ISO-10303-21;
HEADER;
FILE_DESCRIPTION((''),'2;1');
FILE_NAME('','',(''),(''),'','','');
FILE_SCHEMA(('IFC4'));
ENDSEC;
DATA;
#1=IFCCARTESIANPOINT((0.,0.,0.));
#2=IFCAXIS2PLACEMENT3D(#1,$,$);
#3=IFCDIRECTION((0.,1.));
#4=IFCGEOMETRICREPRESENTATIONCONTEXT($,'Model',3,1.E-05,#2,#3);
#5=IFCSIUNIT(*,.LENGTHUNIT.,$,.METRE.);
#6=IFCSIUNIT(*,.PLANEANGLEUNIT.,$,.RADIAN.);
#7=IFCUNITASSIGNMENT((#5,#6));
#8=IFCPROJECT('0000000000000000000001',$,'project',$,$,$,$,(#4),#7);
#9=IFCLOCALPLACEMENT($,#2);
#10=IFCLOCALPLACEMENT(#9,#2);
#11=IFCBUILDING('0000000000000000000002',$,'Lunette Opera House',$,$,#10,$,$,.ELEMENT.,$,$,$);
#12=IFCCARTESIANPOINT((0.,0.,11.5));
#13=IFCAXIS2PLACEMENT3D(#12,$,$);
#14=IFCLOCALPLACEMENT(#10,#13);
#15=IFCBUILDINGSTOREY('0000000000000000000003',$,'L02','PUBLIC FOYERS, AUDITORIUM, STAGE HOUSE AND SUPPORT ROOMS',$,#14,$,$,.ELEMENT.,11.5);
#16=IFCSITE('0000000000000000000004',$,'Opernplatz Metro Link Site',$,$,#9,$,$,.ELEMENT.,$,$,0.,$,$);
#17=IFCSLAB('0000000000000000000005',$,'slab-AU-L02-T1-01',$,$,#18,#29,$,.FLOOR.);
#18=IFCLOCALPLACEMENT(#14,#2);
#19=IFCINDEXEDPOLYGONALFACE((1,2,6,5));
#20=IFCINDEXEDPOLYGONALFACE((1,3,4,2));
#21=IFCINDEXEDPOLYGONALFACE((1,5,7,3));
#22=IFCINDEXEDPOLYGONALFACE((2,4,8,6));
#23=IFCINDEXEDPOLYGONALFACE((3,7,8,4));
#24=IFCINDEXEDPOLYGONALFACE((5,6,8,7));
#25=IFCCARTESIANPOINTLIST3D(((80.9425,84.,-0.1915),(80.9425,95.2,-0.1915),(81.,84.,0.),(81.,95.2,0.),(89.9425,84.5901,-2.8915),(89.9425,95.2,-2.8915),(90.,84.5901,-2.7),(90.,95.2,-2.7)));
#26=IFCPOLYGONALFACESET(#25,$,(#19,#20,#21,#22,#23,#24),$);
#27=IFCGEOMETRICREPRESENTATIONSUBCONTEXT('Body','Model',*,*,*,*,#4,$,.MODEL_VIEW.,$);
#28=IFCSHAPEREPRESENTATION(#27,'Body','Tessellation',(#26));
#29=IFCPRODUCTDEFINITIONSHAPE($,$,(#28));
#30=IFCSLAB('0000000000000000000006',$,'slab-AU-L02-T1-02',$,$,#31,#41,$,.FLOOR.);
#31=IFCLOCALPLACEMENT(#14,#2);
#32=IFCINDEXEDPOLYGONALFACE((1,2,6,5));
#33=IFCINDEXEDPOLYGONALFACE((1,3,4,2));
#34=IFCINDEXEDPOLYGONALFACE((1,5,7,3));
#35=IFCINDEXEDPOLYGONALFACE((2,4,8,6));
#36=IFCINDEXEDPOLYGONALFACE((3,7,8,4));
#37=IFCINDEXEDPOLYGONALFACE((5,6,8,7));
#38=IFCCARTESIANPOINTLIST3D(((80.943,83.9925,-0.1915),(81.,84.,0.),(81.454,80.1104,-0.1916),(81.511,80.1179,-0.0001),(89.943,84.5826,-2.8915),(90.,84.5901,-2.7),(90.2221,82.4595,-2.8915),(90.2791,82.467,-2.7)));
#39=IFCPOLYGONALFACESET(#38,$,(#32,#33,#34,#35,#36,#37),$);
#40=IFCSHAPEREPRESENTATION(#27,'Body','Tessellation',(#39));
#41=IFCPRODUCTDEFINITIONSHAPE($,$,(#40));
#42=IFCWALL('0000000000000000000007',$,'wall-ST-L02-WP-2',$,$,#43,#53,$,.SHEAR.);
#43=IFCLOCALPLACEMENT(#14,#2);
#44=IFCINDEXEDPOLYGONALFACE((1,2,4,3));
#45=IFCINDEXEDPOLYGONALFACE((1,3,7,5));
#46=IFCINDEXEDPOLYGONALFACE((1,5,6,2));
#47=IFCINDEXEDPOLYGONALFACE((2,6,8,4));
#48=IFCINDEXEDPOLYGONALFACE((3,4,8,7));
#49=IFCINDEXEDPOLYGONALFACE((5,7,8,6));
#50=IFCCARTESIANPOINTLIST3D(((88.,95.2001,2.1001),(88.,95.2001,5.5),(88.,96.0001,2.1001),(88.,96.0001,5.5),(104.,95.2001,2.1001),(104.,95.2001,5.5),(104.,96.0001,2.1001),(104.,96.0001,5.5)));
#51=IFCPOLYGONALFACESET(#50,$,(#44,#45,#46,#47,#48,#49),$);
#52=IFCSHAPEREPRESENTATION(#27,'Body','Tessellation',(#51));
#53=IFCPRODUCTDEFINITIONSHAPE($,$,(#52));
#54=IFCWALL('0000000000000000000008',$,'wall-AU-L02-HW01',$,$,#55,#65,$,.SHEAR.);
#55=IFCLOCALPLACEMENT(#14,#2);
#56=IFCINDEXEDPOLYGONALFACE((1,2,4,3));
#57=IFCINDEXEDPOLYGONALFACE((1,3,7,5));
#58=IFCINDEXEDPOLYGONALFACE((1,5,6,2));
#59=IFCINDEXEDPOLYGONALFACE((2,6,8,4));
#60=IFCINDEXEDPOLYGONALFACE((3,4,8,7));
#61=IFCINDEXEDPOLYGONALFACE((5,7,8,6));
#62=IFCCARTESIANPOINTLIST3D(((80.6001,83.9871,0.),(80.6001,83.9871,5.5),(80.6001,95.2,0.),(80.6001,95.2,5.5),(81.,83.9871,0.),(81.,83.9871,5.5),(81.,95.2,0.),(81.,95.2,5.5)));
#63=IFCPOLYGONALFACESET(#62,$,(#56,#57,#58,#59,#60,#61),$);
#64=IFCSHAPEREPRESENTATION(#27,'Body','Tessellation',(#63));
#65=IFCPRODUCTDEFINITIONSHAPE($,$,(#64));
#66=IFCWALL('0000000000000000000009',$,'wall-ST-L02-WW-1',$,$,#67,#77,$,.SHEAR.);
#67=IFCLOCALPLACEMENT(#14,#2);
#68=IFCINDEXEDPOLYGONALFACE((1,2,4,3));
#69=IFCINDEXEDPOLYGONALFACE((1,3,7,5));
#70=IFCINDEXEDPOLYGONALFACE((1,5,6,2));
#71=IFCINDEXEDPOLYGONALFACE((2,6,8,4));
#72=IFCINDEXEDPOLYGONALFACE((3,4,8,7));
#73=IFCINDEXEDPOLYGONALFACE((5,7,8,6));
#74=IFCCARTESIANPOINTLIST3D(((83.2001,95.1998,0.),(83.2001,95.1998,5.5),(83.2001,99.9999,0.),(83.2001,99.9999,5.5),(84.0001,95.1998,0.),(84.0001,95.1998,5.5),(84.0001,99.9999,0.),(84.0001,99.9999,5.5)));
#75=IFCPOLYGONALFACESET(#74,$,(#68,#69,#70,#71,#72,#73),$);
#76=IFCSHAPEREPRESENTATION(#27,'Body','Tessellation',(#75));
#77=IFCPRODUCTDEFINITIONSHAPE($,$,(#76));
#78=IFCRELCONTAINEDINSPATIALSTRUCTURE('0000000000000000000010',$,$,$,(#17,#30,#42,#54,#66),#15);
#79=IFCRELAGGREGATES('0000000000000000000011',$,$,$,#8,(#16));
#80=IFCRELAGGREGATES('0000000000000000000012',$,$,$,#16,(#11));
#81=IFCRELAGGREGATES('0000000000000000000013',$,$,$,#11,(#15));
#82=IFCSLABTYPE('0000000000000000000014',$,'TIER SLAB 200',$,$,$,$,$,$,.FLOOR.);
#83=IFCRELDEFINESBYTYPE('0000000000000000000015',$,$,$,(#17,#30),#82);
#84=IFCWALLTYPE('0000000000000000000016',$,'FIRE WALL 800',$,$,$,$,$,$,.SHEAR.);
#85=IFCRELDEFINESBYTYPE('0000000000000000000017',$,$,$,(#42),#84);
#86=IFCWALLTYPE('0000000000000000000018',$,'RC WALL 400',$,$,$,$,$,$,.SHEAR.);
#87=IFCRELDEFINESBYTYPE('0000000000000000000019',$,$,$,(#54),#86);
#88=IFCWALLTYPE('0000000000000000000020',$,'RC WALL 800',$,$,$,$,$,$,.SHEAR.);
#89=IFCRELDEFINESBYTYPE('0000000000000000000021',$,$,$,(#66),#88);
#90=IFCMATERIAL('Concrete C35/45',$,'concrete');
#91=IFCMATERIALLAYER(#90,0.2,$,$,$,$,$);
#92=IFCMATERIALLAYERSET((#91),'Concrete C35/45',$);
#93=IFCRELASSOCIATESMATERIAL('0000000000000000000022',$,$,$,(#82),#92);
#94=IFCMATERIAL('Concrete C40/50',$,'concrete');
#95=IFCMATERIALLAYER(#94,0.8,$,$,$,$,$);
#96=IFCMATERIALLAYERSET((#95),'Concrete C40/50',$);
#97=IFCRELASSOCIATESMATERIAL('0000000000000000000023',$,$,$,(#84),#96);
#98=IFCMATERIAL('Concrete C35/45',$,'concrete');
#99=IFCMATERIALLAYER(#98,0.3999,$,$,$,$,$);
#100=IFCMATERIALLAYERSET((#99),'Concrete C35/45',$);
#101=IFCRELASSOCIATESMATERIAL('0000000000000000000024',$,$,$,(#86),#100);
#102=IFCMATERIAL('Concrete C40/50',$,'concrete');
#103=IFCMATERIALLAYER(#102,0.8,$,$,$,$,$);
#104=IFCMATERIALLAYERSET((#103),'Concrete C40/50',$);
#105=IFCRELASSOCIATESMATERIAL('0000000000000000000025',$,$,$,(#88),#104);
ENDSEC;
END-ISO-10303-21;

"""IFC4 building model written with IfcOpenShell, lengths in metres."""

from ifc_helpers import new_model, si_unit, direction, frame, frame_2d, origin, place, context, subcontext, project, spatial, polyline, rectangle, outline, extrude, material, layer, layer_set, type_object, element, save


model = new_model("IFC4")

# Units and contexts
model_context = context("Model", 3, precision=1e-05, world=origin(), true_north=direction((0.0, 1.0)))
body_context = subcontext(model_context, "Body", "Model", "MODEL_VIEW")
ifc_project = project(units=[si_unit("LENGTHUNIT", "METRE"), si_unit("PLANEANGLEUNIT", "RADIAN")], contexts=[model_context])

# Site, building, storey
site_placement = place(None, origin())
site = spatial("IfcSite", under=ifc_project, at=site_placement, Name="Opernplatz Metro Link Site", CompositionType="ELEMENT", RefElevation=0.0)
building_placement = place(site_placement, origin())
building = spatial("IfcBuilding", under=site, at=building_placement, Name="Lunette Opera House", CompositionType="ELEMENT")
storey_placement = place(building_placement, frame((0.0, 0.0, 11.5)))
storey = spatial("IfcBuildingStorey", under=building, at=storey_placement, Name="L02", Description="PUBLIC FOYERS, AUDITORIUM, STAGE HOUSE AND SUPPORT ROOMS", CompositionType="ELEMENT", Elevation=11.5)

# Slabs
ifc_material_1 = material(Name="Concrete C35/45", Category="concrete")
ifc_layer_1 = layer(ifc_material_1, 0.2)
ifc_layer_set_1 = layer_set([ifc_layer_1], Name="Concrete C35/45")
slab_type = type_object("IfcSlabType", Name="TIER SLAB 200", PredefinedType="FLOOR", material=ifc_layer_set_1)
slab_1_placement = place(storey_placement, frame((81.0, 95.2, 0.0), z_axis=(0.287343, 0.0, 0.957828), x_axis=(0.0, -1.0, 0.0)))
element("IfcSlab", 1, at=slab_1_placement, inside=storey, type_object=slab_type, Name="slab-AU-L02-T1-01", PredefinedType="FLOOR", context=body_context, shape_type="SweptSolid", body=[
    extrude(outline(polyline([(0.0, 0.0), (11.2, 0.0), (10.6099, 9.3963), (0.0, 9.3963), (0.0, 0.0)])), origin(), (0.0, 0.0, -1.0), 0.2),
])
slab_2_placement = place(storey_placement, frame((81.0, 84.0, 0.0), z_axis=(0.284893, 0.037481, 0.957826), x_axis=(0.130496, -0.991449, -0.000018)))
element("IfcSlab", 2, at=slab_2_placement, inside=storey, type_object=slab_type, Name="slab-AU-L02-T1-02", PredefinedType="FLOOR", context=body_context, shape_type="SweptSolid", body=[
    extrude(outline(polyline([(0.0, 0.0), (3.9156, 0.0), (2.7308, 9.3959), (0.5895, 9.3963), (0.0, 0.0)])), origin(), (0.0, 0.0, -1.0), 0.2),
])

# Walls
ifc_material_2 = material(Name="Concrete C40/50", Category="concrete")
ifc_layer_2 = layer(ifc_material_2, 0.8)
ifc_layer_set_2 = layer_set([ifc_layer_2], Name="Concrete C40/50")
wall_type_1 = type_object("IfcWallType", Name="FIRE WALL 800", PredefinedType="SHEAR", material=ifc_layer_set_2)
wall_1_placement = place(storey_placement, frame((88.0, 95.6001, 2.1001), z_axis=(0.0, 0.0, 1.0), x_axis=(1.0, 0.0, 0.0)))
element("IfcWall", 3, at=wall_1_placement, inside=storey, type_object=wall_type_1, Name="wall-ST-L02-WP-2", PredefinedType="SHEAR", context=body_context, shape_type="SweptSolid", body=[
    extrude(rectangle(XDim=16.0, YDim=0.8, at=frame_2d((8.0, 0.0))), origin(), (0.0, 0.0, 1.0), 3.3999),
])
ifc_material_3 = material(Name="Concrete C35/45", Category="concrete")
ifc_layer_3 = layer(ifc_material_3, 0.3999)
ifc_layer_set_3 = layer_set([ifc_layer_3], Name="Concrete C35/45")
wall_type_2 = type_object("IfcWallType", Name="RC WALL 400", PredefinedType="SHEAR", material=ifc_layer_set_3)
wall_2_placement = place(storey_placement, frame((80.8, 95.2, 0.0), z_axis=(0.0, 0.0, 1.0), x_axis=(0.0, -1.0, 0.0)))
element("IfcWall", 4, at=wall_2_placement, inside=storey, type_object=wall_type_2, Name="wall-AU-L02-HW01", PredefinedType="SHEAR", context=body_context, shape_type="SweptSolid", body=[
    extrude(rectangle(XDim=11.2129, YDim=0.3999, at=frame_2d((5.6064, 0.0))), origin(), (0.0, 0.0, 1.0), 5.5),
])
ifc_material_4 = material(Name="Concrete C40/50", Category="concrete")
ifc_layer_4 = layer(ifc_material_4, 0.8)
ifc_layer_set_4 = layer_set([ifc_layer_4], Name="Concrete C40/50")
wall_type_3 = type_object("IfcWallType", Name="RC WALL 800", PredefinedType="SHEAR", material=ifc_layer_set_4)
wall_3_placement = place(storey_placement, frame((83.6001, 95.2, 0.0), z_axis=(0.0, 0.0, 1.0), x_axis=(0.0, 1.0, 0.0)))
element("IfcWall", 5, at=wall_3_placement, inside=storey, type_object=wall_type_3, Name="wall-ST-L02-WW-1", PredefinedType="SHEAR", context=body_context, shape_type="SweptSolid", body=[
    extrude(rectangle(XDim=4.8, YDim=0.8, at=frame_2d((2.3999, 0.0))), origin(), (0.0, 0.0, 1.0), 5.5),
])

save(model, "model.ifc")
